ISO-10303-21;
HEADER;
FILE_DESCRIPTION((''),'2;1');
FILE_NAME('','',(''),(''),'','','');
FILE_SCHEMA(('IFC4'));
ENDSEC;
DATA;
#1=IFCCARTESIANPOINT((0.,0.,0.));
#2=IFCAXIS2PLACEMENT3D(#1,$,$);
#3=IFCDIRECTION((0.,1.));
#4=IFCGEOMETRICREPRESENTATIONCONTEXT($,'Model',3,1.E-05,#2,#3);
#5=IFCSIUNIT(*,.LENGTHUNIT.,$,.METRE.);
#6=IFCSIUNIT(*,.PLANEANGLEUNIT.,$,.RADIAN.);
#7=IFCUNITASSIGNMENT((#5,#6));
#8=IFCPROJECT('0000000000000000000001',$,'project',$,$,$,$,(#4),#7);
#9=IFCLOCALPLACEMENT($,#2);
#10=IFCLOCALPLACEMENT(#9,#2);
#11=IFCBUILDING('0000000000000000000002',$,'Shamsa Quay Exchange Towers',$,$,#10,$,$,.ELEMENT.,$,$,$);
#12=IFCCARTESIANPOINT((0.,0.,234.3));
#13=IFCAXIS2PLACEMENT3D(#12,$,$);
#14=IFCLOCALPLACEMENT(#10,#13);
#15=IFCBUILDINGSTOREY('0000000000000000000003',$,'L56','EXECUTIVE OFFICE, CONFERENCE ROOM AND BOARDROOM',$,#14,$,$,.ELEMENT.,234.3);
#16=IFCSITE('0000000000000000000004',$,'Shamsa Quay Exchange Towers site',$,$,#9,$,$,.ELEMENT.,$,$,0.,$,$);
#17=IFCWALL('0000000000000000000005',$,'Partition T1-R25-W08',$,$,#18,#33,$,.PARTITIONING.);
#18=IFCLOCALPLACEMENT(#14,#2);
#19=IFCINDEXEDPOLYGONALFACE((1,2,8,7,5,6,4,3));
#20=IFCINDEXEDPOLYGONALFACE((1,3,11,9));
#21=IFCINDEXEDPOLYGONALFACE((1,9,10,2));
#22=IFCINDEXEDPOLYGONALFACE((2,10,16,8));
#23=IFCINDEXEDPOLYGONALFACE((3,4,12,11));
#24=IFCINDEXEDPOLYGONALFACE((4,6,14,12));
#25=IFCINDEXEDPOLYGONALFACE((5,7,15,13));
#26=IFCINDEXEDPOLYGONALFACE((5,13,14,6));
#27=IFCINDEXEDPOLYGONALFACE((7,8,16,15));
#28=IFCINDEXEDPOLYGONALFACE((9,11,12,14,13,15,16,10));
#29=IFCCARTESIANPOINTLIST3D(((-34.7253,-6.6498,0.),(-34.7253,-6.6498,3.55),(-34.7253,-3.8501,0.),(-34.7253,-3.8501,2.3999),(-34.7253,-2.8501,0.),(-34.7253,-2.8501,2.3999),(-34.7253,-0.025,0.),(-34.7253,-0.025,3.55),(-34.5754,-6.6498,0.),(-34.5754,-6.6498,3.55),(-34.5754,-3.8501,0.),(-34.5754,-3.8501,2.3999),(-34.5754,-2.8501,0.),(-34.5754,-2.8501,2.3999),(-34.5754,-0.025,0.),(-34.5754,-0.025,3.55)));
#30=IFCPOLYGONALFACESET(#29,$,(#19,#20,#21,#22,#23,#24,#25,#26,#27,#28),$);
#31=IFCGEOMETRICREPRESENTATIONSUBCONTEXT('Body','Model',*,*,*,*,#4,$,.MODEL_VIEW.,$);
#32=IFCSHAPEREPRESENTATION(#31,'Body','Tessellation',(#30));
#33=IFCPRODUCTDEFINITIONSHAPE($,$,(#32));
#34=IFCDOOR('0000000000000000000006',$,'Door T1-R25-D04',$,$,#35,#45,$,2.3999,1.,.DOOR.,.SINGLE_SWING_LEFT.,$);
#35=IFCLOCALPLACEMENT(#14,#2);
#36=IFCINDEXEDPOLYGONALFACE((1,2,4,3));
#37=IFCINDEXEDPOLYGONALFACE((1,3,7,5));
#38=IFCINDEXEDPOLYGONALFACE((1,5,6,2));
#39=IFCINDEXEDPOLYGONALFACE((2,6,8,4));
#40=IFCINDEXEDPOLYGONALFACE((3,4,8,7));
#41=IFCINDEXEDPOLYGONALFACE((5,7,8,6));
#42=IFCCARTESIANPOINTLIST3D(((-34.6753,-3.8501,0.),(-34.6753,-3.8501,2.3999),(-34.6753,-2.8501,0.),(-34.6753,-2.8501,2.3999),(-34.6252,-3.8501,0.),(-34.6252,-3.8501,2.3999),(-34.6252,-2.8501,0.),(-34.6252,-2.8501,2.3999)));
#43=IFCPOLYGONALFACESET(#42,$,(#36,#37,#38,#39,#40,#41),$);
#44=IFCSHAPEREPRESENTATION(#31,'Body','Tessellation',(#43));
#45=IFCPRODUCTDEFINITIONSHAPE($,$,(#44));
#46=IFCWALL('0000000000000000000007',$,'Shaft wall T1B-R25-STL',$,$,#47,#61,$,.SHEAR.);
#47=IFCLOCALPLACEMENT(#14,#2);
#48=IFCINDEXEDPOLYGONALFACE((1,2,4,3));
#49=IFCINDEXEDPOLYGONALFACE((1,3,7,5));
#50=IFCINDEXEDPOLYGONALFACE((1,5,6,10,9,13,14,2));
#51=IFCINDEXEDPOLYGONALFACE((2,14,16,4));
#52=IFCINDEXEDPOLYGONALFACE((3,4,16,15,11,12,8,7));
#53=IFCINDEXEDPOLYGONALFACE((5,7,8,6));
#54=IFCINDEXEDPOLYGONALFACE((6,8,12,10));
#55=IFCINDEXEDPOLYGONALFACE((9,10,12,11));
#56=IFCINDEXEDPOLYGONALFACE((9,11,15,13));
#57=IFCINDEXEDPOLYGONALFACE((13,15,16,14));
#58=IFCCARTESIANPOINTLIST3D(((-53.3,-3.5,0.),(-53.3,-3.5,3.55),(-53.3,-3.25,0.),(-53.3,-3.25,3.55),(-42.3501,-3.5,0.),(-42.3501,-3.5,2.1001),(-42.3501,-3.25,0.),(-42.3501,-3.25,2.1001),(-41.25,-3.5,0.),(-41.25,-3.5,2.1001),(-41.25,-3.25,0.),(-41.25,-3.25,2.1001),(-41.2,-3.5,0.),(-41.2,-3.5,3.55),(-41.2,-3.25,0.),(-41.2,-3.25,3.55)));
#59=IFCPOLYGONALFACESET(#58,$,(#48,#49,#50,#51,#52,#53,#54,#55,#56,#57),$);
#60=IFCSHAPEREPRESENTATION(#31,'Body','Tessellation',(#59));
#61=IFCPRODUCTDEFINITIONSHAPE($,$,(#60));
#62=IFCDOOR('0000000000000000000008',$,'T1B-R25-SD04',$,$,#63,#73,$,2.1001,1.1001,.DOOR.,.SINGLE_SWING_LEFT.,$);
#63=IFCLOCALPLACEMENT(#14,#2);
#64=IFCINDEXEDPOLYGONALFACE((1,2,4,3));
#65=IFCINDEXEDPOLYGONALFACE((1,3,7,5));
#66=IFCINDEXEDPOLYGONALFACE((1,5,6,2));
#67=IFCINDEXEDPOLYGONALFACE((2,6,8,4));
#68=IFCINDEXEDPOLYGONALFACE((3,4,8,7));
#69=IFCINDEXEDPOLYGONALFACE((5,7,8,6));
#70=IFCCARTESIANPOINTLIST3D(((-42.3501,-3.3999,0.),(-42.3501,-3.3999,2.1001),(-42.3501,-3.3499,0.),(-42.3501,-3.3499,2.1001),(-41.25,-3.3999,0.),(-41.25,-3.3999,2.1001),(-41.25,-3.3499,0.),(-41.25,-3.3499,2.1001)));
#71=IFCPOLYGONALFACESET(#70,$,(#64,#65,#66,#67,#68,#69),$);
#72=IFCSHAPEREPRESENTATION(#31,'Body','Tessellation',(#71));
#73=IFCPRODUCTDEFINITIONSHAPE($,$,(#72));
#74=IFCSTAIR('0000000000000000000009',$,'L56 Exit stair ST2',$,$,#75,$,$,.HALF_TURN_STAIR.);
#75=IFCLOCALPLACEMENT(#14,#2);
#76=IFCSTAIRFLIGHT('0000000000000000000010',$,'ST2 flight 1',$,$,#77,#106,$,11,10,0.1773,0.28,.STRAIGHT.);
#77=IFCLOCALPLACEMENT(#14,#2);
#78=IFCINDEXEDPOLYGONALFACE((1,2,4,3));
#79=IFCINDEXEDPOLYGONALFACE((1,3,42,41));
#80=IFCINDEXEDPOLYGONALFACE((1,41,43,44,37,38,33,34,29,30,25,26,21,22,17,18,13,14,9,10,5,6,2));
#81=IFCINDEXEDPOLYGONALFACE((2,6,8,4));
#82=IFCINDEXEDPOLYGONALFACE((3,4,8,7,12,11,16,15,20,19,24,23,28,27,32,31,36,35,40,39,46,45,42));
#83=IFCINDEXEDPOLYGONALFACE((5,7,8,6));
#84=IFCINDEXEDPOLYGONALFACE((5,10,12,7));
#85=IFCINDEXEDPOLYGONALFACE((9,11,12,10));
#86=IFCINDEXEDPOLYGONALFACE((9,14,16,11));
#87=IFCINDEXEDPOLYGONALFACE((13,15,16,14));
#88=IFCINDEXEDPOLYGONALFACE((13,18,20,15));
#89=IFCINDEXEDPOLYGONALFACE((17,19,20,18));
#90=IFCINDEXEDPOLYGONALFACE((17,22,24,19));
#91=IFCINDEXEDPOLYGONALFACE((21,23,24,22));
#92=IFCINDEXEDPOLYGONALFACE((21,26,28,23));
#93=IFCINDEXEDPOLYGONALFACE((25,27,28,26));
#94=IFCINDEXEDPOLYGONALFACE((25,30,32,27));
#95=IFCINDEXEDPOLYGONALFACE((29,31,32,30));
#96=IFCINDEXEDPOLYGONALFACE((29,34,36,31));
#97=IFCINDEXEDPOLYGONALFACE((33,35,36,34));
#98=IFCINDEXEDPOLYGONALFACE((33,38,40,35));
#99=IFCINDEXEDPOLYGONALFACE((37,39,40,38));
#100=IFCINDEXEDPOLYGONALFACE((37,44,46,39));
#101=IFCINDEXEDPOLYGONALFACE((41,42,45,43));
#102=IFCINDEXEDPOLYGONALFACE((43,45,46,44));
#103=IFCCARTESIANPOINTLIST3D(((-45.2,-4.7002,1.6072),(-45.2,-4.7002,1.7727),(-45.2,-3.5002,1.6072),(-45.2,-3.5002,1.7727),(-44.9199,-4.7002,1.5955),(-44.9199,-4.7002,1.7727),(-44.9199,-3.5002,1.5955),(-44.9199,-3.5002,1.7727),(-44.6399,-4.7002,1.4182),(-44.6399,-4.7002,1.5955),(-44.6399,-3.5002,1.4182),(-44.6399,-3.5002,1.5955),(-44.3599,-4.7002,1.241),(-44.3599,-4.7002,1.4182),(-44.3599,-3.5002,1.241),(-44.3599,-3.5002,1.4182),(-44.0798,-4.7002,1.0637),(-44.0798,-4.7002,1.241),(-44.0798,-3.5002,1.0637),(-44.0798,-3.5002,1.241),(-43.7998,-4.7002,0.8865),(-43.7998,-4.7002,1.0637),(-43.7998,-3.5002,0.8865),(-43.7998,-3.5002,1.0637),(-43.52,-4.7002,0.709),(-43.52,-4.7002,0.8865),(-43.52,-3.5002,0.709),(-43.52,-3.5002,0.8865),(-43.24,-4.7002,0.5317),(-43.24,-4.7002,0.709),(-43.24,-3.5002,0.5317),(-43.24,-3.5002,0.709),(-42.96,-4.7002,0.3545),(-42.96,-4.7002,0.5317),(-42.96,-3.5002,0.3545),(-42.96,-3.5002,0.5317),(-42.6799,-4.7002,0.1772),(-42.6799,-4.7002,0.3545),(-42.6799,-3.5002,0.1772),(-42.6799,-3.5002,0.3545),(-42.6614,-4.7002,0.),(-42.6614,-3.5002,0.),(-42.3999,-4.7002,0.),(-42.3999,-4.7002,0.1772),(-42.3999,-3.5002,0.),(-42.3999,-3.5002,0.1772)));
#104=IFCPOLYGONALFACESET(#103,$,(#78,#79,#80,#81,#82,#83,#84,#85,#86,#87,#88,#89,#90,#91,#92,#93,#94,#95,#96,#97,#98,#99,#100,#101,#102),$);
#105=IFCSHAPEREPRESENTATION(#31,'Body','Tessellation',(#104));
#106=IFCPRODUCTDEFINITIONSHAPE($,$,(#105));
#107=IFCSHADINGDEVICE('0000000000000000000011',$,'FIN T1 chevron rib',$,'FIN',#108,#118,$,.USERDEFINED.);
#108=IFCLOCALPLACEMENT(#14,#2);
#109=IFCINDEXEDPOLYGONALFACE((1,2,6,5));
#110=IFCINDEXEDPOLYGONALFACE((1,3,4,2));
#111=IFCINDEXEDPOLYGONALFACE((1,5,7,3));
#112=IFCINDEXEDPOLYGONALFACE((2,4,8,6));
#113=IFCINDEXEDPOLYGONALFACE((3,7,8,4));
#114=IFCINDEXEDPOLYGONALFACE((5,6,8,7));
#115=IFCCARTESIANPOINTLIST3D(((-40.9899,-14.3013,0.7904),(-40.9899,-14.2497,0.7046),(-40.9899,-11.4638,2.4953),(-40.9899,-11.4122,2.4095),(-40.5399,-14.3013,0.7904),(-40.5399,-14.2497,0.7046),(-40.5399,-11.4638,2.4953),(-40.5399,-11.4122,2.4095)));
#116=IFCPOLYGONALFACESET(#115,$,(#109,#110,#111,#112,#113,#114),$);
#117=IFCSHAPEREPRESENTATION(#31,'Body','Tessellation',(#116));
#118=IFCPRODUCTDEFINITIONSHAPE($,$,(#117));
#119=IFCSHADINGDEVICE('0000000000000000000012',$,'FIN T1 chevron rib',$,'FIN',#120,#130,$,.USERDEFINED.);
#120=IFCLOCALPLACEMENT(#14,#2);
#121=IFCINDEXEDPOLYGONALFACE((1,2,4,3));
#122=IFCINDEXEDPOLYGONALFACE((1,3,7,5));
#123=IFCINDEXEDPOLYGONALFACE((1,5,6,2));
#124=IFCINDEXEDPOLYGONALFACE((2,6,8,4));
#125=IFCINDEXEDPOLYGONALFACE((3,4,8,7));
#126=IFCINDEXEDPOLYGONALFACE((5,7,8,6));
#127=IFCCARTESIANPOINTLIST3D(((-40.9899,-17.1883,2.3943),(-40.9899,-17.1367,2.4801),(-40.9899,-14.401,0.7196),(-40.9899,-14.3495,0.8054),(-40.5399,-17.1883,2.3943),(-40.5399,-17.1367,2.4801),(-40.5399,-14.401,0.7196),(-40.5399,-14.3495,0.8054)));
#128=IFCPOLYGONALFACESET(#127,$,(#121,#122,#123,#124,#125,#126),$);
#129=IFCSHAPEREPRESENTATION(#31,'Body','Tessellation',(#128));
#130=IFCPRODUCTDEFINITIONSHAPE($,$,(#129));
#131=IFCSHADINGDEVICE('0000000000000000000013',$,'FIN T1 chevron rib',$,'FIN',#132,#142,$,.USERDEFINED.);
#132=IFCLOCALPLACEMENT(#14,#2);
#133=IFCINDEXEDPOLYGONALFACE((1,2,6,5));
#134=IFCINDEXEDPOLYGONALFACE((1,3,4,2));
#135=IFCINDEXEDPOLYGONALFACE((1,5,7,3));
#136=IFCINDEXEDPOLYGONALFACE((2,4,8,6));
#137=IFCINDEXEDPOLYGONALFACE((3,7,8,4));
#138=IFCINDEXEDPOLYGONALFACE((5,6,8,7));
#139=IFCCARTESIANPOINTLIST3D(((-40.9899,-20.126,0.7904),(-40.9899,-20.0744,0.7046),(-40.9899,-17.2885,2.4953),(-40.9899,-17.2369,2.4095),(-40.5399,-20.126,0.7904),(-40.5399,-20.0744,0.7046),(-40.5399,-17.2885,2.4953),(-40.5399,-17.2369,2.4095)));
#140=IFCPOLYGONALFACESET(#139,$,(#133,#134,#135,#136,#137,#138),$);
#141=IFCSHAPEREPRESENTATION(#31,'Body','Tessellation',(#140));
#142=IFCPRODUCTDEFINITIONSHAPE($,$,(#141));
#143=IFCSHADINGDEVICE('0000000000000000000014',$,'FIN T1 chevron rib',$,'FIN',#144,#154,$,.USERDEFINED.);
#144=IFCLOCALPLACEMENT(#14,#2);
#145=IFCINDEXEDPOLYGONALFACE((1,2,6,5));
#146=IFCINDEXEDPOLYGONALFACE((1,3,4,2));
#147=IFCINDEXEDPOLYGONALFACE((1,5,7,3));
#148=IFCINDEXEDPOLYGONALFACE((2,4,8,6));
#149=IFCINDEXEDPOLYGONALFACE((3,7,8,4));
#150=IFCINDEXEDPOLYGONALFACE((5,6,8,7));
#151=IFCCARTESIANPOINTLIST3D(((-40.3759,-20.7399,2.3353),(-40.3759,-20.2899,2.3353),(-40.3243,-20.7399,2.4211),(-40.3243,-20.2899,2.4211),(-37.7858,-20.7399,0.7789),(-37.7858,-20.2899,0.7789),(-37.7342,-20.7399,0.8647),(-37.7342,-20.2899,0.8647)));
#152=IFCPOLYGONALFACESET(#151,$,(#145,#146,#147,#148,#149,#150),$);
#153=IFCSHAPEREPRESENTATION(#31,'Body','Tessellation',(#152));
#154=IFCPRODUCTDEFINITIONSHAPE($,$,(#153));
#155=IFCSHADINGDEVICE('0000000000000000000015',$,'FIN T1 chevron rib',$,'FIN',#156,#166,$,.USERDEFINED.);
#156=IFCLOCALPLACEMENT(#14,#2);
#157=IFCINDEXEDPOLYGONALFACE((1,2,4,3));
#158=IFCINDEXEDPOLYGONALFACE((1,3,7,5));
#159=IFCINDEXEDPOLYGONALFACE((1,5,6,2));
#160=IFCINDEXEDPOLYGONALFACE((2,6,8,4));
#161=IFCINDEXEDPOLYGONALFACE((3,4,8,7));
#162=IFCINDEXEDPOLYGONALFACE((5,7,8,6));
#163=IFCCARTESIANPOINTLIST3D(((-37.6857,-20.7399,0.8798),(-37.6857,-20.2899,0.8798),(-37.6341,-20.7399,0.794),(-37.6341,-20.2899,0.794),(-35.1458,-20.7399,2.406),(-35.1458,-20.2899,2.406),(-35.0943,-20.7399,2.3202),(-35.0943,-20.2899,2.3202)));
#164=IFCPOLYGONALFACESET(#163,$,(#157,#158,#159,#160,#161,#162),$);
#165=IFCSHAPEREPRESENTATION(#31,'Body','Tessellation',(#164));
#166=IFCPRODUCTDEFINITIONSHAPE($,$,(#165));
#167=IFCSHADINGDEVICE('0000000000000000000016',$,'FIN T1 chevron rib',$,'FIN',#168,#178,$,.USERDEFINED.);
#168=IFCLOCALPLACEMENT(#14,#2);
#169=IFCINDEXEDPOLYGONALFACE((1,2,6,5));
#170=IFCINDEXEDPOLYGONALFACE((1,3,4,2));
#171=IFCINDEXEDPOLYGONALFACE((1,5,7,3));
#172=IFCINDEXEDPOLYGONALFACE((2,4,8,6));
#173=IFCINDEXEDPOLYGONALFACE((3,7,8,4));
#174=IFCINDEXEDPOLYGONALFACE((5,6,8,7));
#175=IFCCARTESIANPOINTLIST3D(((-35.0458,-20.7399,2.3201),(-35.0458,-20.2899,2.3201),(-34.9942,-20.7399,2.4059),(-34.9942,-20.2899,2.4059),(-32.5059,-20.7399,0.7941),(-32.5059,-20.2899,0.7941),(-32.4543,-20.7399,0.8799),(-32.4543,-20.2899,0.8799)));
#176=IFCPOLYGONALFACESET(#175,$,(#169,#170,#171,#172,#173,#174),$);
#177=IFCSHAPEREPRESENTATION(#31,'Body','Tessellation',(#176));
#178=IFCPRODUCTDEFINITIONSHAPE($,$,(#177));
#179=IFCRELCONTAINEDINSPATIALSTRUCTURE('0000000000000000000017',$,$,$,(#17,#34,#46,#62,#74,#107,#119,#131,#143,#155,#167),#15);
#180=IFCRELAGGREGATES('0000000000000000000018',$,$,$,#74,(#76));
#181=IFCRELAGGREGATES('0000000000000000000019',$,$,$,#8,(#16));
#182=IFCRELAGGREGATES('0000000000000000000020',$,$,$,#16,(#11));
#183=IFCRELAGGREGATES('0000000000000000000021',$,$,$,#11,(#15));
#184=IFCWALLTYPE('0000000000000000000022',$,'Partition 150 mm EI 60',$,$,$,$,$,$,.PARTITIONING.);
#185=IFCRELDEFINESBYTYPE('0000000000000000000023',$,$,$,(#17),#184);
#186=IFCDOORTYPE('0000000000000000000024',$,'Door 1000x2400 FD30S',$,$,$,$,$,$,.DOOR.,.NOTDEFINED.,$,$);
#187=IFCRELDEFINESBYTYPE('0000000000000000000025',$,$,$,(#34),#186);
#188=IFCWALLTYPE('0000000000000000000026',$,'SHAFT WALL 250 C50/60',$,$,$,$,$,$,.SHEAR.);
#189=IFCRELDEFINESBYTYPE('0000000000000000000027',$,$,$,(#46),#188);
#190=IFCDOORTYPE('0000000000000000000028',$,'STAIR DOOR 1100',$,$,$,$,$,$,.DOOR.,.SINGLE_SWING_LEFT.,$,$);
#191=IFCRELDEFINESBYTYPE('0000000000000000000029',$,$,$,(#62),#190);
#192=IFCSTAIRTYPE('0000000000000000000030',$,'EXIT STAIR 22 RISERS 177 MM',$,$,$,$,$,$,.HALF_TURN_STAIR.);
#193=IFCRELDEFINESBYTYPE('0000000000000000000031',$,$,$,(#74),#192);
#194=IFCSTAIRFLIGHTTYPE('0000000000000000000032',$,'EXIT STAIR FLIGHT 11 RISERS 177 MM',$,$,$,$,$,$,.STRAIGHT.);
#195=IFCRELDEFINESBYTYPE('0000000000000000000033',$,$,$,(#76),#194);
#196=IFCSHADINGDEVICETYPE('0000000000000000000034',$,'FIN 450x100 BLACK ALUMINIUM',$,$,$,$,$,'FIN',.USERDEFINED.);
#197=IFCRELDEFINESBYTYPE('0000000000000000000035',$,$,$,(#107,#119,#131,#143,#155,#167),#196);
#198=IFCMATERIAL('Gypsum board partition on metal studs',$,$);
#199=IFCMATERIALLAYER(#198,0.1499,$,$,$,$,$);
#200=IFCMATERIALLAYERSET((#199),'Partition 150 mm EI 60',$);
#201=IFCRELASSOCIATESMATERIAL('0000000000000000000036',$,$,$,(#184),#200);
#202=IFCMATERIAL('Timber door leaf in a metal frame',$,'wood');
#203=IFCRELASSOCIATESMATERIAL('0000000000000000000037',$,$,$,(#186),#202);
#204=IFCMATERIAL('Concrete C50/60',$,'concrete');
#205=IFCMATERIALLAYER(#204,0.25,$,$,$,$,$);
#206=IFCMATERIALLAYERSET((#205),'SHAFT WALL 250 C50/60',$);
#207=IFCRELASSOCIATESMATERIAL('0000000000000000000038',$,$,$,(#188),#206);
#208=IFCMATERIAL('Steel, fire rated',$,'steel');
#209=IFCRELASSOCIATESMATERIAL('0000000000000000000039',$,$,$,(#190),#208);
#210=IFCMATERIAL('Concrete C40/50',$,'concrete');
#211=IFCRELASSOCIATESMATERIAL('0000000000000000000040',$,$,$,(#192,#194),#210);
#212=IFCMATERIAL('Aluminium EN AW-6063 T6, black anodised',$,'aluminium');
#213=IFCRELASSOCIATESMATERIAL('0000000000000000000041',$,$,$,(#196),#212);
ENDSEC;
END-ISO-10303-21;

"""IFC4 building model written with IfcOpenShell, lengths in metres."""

from ifc_helpers import new_model, si_unit, direction, frame, frame_2d, origin, origin_2d, place, context, subcontext, project, spatial, polyline, rectangle, outline, extrude, material, layer, layer_set, material_profile, profile_set, type_object, element, fill, aggregate, save


model = new_model("IFC4")

# Units and contexts
model_context = context("Model", 3, precision=1e-05, world=origin(), true_north=direction((0.0, 1.0)))
body_context = subcontext(model_context, "Body", "Model", "MODEL_VIEW")
ifc_project = project(units=[si_unit("LENGTHUNIT", "METRE"), si_unit("PLANEANGLEUNIT", "RADIAN")], contexts=[model_context])

# Site, building, storey
site_placement = place(None, origin())
site = spatial("IfcSite", under=ifc_project, at=site_placement, Name="Shamsa Quay Exchange Towers site", CompositionType="ELEMENT", RefElevation=0.0)
building_placement = place(site_placement, origin())
building = spatial("IfcBuilding", under=site, at=building_placement, Name="Shamsa Quay Exchange Towers", CompositionType="ELEMENT")
storey_placement = place(building_placement, frame((0.0, 0.0, 234.3)))
storey = spatial("IfcBuildingStorey", under=building, at=storey_placement, Name="L56", Description="EXECUTIVE OFFICE, CONFERENCE ROOM AND BOARDROOM", CompositionType="ELEMENT", Elevation=234.3)

# Shared definitions
ifc_material_1 = material(Name="Aluminium EN AW-6063 T6, black anodised", Category="aluminium")

# Walls, openings, doors
ifc_material_2 = material(Name="Steel, fire rated", Category="steel")
ifc_material_3 = material(Name="Gypsum board partition on metal studs")
ifc_layer_1 = layer(ifc_material_3, 0.1499)
ifc_layer_set_1 = layer_set([ifc_layer_1], Name="Partition 150 mm EI 60")
wall_type_1 = type_object("IfcWallType", Name="Partition 150 mm EI 60", PredefinedType="PARTITIONING", material=ifc_layer_set_1)
wall_1_placement = place(storey_placement, frame((-34.6504, -6.6499, 0.0), z_axis=(0.0, 0.0, 1.0), x_axis=(0.0, 1.0, 0.0)))
wall_1 = element("IfcWall", 1, at=wall_1_placement, inside=storey, type_object=wall_type_1, Name="Partition T1-R25-W08", PredefinedType="PARTITIONING", context=body_context, shape_type="SweptSolid", body=[
    extrude(rectangle(XDim=6.6248, YDim=0.1499, at=frame_2d((3.3125, 0.0))), origin(), (0.0, 0.0, 1.0), 3.55),
])
opening_1_placement = place(wall_1_placement, frame((2.7998, 0.0, 0.0)))
opening_1 = element("IfcOpeningElement", 2, at=opening_1_placement, cuts=wall_1, PredefinedType="OPENING", context=body_context, shape_type="SweptSolid", body=[
    extrude(rectangle(XDim=1.0, YDim=2.3999, at=frame_2d((0.5, 1.2))), frame((0.0, 0.085, 0.0), z_axis=(0.0, -1.0, 0.0), x_axis=(1.0, 0.0, 0.0)), (0.0, 0.0, 1.0), 0.1699),
])
ifc_material_4 = material(Name="Timber door leaf in a metal frame", Category="wood")
door_type_1 = type_object("IfcDoorType", Name="Door 1000x2400 FD30S", OperationType="NOTDEFINED", PredefinedType="DOOR", material=ifc_material_4)
door_1_placement = place(opening_1_placement, origin())
door_1 = element("IfcDoor", 3, at=door_1_placement, inside=storey, type_object=door_type_1, Name="Door T1-R25-D04", OperationType="SINGLE_SWING_LEFT", OverallHeight=2.3999, OverallWidth=1.0, PredefinedType="DOOR", context=body_context, shape_type="SweptSolid", body=[
    extrude(rectangle(XDim=1.0, YDim=2.3999, at=frame_2d((0.5, 1.2))), frame((0.0, 0.0249, 0.0), z_axis=(0.0, -1.0, 0.0), x_axis=(1.0, 0.0, 0.0)), (0.0, 0.0, 1.0), 0.05),
])
fill(opening_1, door_1)
ifc_material_5 = material(Name="Concrete C50/60", Category="concrete")
ifc_layer_2 = layer(ifc_material_5, 0.25)
ifc_layer_set_2 = layer_set([ifc_layer_2], Name="SHAFT WALL 250 C50/60")
wall_type_2 = type_object("IfcWallType", Name="SHAFT WALL 250 C50/60", PredefinedType="SHEAR", material=ifc_layer_set_2)
wall_2_placement = place(storey_placement, frame((-41.2, -3.375, 0.0), z_axis=(0.0, 0.0, 1.0), x_axis=(-1.0, 0.0, 0.0)))
wall_2 = element("IfcWall", 4, at=wall_2_placement, inside=storey, type_object=wall_type_2, Name="Shaft wall T1B-R25-STL", PredefinedType="SHEAR", context=body_context, shape_type="SweptSolid", body=[
    extrude(rectangle(XDim=12.1001, YDim=0.25, at=frame_2d((6.05, 0.0))), origin(), (0.0, 0.0, 1.0), 3.55),
])
opening_2_placement = place(wall_2_placement, frame((0.05, 0.0, 0.0)))
opening_2 = element("IfcOpeningElement", 5, at=opening_2_placement, cuts=wall_2, PredefinedType="OPENING", context=body_context, shape_type="SweptSolid", body=[
    extrude(rectangle(XDim=1.1001, YDim=2.1001, at=frame_2d((0.55, 1.05))), frame((0.0, 0.135, 0.0), z_axis=(0.0, -1.0, 0.0), x_axis=(1.0, 0.0, 0.0)), (0.0, 0.0, 1.0), 0.27),
])
door_type_2 = type_object("IfcDoorType", Name="STAIR DOOR 1100", OperationType="SINGLE_SWING_LEFT", PredefinedType="DOOR", material=ifc_material_2)
door_2_placement = place(opening_2_placement, origin())
door_2 = element("IfcDoor", 6, at=door_2_placement, inside=storey, type_object=door_type_2, Name="T1B-R25-SD04", OperationType="SINGLE_SWING_LEFT", OverallHeight=2.1001, OverallWidth=1.1001, PredefinedType="DOOR", context=body_context, shape_type="SweptSolid", body=[
    extrude(rectangle(XDim=1.1001, YDim=2.1001, at=frame_2d((0.55, 1.05))), frame((0.0, 0.0249, 0.0), z_axis=(0.0, -1.0, 0.0), x_axis=(1.0, 0.0, 0.0)), (0.0, 0.0, 1.0), 0.05),
])
fill(opening_2, door_2)

# Stair, stair flight
ifc_material_6 = material(Name="Concrete C40/50", Category="concrete")
stair_type = type_object("IfcStairType", Name="EXIT STAIR 22 RISERS 177 MM", PredefinedType="HALF_TURN_STAIR", material=ifc_material_6)
stair_placement = place(storey_placement, origin())
stair = element("IfcStair", 7, at=stair_placement, inside=storey, type_object=stair_type, Name="L56 Exit stair ST2", PredefinedType="HALF_TURN_STAIR")
stair_flight_type = type_object("IfcStairFlightType", Name="EXIT STAIR FLIGHT 11 RISERS 177 MM", PredefinedType="STRAIGHT", material=ifc_material_6)
stair_flight_placement = place(storey_placement, frame((-42.3999, -4.1001, 0.0), z_axis=(0.0, 0.0, 1.0), x_axis=(-1.0, 0.0, 0.0)))
stair_flight = element("IfcStairFlight", 8, at=stair_flight_placement, type_object=stair_flight_type, Name="ST2 flight 1", NumberOfRisers=11, NumberOfTreads=10, PredefinedType="STRAIGHT", RiserHeight=0.1773, TreadLength=0.28, context=body_context, shape_type="SweptSolid", body=[
    extrude(outline(polyline([(0.0, 0.0), (0.0, 0.1772), (0.28, 0.1772), (0.28, 0.3545), (0.5601, 0.3545), (0.5601, 0.5317), (0.8401, 0.5317), (0.8401, 0.709), (1.1201, 0.709), (1.1201, 0.8865), (1.3999, 0.8865), (1.3999, 1.0637), (1.6799, 1.0637), (1.6799, 1.241), (1.96, 1.241), (1.96, 1.4182), (2.24, 1.4182), (2.24, 1.5955), (2.52, 1.5955), (2.52, 1.7727), (2.8, 1.7727), (2.8, 1.95), (2.8, 1.6072), (0.2615, 0.0), (0.0, 0.0)])), frame((0.0, 0.6001, 0.0), z_axis=(0.0, -1.0, 0.0), x_axis=(1.0, 0.0, 0.0)), (0.0, 0.0, 1.0), 1.2),
])
aggregate(stair, [stair_flight])

# Shading devices
ifc_material_profile_1 = material_profile(ifc_material_1, rectangle(XDim=0.45, YDim=0.1001, at=origin_2d()), Name="FIN450x100")
ifc_profile_set_1 = profile_set([ifc_material_profile_1], Name="Aluminium EN AW-6063 T6, black anodised")
shading_device_type = type_object("IfcShadingDeviceType", Name="FIN 450x100 BLACK ALUMINIUM", ElementType="FIN", PredefinedType="USERDEFINED", material=ifc_profile_set_1)
shading_device_1_placement = place(storey_placement, frame((-40.7649, -11.438, 2.4524), z_axis=(0.0, -0.857174, -0.515027), x_axis=(1.0, 0.0, 0.0)))
element("IfcShadingDevice", 9, at=shading_device_1_placement, inside=storey, type_object=shading_device_type, Name="FIN T1 chevron rib", ObjectType="FIN", PredefinedType="USERDEFINED", context=body_context, shape_type="SweptSolid", body=[
    extrude(rectangle(XDim=0.45, YDim=0.1001, at=origin_2d()), origin(), (0.0, 0.0, 1.0), 3.3103),
])
shading_device_2_placement = place(storey_placement, frame((-40.7649, -14.3752, 0.7625), z_axis=(0.0, -0.857168, 0.515037), x_axis=(1.0, 0.0, 0.0)))
element("IfcShadingDevice", 10, at=shading_device_2_placement, inside=storey, type_object=shading_device_type, Name="FIN T1 chevron rib", ObjectType="FIN", PredefinedType="USERDEFINED", context=body_context, shape_type="SweptSolid", body=[
    extrude(rectangle(XDim=0.45, YDim=0.1001, at=origin_2d()), origin(), (0.0, 0.0, 1.0), 3.2517),
])
shading_device_3_placement = place(storey_placement, frame((-40.7649, -17.2627, 2.4524), z_axis=(0.0, -0.857174, -0.515027), x_axis=(1.0, 0.0, 0.0)))
element("IfcShadingDevice", 11, at=shading_device_3_placement, inside=storey, type_object=shading_device_type, Name="FIN T1 chevron rib", ObjectType="FIN", PredefinedType="USERDEFINED", context=body_context, shape_type="SweptSolid", body=[
    extrude(rectangle(XDim=0.45, YDim=0.1001, at=origin_2d()), origin(), (0.0, 0.0, 1.0), 3.3103),
])
shading_device_4_placement = place(storey_placement, frame((-40.3501, -20.5149, 2.3782), z_axis=(0.857151, 0.0, -0.515066), x_axis=(0.0, 1.0, 0.0)))
element("IfcShadingDevice", 12, at=shading_device_4_placement, inside=storey, type_object=shading_device_type, Name="FIN T1 chevron rib", ObjectType="FIN", PredefinedType="USERDEFINED", context=body_context, shape_type="SweptSolid", body=[
    extrude(rectangle(XDim=0.45, YDim=0.1001, at=origin_2d()), origin(), (0.0, 0.0, 1.0), 3.0217),
])
for number, where, z_axis, x_axis, name in (
    (13, (-37.6599, -20.5149, 0.8369), (0.857158, 0.0, 0.515053), (0.0, 1.0, 0.0), "FIN T1 chevron rib"),
    (14, (-35.02, -20.5149, 2.363), (0.85718, 0.0, -0.515017), (0.0, 1.0, 0.0), "FIN T1 chevron rib"),
):
    element("IfcShadingDevice", number, at=place(storey_placement, frame(where, z_axis=z_axis, x_axis=x_axis)), inside=storey, type_object=shading_device_type, Name=name, ObjectType="FIN", PredefinedType="USERDEFINED", context=body_context, shape_type="SweptSolid", body=[
        extrude(rectangle(XDim=0.45, YDim=0.1001, at=origin_2d()), origin(), (0.0, 0.0, 1.0), 2.9631),
    ])

save(model, "model.ifc")
